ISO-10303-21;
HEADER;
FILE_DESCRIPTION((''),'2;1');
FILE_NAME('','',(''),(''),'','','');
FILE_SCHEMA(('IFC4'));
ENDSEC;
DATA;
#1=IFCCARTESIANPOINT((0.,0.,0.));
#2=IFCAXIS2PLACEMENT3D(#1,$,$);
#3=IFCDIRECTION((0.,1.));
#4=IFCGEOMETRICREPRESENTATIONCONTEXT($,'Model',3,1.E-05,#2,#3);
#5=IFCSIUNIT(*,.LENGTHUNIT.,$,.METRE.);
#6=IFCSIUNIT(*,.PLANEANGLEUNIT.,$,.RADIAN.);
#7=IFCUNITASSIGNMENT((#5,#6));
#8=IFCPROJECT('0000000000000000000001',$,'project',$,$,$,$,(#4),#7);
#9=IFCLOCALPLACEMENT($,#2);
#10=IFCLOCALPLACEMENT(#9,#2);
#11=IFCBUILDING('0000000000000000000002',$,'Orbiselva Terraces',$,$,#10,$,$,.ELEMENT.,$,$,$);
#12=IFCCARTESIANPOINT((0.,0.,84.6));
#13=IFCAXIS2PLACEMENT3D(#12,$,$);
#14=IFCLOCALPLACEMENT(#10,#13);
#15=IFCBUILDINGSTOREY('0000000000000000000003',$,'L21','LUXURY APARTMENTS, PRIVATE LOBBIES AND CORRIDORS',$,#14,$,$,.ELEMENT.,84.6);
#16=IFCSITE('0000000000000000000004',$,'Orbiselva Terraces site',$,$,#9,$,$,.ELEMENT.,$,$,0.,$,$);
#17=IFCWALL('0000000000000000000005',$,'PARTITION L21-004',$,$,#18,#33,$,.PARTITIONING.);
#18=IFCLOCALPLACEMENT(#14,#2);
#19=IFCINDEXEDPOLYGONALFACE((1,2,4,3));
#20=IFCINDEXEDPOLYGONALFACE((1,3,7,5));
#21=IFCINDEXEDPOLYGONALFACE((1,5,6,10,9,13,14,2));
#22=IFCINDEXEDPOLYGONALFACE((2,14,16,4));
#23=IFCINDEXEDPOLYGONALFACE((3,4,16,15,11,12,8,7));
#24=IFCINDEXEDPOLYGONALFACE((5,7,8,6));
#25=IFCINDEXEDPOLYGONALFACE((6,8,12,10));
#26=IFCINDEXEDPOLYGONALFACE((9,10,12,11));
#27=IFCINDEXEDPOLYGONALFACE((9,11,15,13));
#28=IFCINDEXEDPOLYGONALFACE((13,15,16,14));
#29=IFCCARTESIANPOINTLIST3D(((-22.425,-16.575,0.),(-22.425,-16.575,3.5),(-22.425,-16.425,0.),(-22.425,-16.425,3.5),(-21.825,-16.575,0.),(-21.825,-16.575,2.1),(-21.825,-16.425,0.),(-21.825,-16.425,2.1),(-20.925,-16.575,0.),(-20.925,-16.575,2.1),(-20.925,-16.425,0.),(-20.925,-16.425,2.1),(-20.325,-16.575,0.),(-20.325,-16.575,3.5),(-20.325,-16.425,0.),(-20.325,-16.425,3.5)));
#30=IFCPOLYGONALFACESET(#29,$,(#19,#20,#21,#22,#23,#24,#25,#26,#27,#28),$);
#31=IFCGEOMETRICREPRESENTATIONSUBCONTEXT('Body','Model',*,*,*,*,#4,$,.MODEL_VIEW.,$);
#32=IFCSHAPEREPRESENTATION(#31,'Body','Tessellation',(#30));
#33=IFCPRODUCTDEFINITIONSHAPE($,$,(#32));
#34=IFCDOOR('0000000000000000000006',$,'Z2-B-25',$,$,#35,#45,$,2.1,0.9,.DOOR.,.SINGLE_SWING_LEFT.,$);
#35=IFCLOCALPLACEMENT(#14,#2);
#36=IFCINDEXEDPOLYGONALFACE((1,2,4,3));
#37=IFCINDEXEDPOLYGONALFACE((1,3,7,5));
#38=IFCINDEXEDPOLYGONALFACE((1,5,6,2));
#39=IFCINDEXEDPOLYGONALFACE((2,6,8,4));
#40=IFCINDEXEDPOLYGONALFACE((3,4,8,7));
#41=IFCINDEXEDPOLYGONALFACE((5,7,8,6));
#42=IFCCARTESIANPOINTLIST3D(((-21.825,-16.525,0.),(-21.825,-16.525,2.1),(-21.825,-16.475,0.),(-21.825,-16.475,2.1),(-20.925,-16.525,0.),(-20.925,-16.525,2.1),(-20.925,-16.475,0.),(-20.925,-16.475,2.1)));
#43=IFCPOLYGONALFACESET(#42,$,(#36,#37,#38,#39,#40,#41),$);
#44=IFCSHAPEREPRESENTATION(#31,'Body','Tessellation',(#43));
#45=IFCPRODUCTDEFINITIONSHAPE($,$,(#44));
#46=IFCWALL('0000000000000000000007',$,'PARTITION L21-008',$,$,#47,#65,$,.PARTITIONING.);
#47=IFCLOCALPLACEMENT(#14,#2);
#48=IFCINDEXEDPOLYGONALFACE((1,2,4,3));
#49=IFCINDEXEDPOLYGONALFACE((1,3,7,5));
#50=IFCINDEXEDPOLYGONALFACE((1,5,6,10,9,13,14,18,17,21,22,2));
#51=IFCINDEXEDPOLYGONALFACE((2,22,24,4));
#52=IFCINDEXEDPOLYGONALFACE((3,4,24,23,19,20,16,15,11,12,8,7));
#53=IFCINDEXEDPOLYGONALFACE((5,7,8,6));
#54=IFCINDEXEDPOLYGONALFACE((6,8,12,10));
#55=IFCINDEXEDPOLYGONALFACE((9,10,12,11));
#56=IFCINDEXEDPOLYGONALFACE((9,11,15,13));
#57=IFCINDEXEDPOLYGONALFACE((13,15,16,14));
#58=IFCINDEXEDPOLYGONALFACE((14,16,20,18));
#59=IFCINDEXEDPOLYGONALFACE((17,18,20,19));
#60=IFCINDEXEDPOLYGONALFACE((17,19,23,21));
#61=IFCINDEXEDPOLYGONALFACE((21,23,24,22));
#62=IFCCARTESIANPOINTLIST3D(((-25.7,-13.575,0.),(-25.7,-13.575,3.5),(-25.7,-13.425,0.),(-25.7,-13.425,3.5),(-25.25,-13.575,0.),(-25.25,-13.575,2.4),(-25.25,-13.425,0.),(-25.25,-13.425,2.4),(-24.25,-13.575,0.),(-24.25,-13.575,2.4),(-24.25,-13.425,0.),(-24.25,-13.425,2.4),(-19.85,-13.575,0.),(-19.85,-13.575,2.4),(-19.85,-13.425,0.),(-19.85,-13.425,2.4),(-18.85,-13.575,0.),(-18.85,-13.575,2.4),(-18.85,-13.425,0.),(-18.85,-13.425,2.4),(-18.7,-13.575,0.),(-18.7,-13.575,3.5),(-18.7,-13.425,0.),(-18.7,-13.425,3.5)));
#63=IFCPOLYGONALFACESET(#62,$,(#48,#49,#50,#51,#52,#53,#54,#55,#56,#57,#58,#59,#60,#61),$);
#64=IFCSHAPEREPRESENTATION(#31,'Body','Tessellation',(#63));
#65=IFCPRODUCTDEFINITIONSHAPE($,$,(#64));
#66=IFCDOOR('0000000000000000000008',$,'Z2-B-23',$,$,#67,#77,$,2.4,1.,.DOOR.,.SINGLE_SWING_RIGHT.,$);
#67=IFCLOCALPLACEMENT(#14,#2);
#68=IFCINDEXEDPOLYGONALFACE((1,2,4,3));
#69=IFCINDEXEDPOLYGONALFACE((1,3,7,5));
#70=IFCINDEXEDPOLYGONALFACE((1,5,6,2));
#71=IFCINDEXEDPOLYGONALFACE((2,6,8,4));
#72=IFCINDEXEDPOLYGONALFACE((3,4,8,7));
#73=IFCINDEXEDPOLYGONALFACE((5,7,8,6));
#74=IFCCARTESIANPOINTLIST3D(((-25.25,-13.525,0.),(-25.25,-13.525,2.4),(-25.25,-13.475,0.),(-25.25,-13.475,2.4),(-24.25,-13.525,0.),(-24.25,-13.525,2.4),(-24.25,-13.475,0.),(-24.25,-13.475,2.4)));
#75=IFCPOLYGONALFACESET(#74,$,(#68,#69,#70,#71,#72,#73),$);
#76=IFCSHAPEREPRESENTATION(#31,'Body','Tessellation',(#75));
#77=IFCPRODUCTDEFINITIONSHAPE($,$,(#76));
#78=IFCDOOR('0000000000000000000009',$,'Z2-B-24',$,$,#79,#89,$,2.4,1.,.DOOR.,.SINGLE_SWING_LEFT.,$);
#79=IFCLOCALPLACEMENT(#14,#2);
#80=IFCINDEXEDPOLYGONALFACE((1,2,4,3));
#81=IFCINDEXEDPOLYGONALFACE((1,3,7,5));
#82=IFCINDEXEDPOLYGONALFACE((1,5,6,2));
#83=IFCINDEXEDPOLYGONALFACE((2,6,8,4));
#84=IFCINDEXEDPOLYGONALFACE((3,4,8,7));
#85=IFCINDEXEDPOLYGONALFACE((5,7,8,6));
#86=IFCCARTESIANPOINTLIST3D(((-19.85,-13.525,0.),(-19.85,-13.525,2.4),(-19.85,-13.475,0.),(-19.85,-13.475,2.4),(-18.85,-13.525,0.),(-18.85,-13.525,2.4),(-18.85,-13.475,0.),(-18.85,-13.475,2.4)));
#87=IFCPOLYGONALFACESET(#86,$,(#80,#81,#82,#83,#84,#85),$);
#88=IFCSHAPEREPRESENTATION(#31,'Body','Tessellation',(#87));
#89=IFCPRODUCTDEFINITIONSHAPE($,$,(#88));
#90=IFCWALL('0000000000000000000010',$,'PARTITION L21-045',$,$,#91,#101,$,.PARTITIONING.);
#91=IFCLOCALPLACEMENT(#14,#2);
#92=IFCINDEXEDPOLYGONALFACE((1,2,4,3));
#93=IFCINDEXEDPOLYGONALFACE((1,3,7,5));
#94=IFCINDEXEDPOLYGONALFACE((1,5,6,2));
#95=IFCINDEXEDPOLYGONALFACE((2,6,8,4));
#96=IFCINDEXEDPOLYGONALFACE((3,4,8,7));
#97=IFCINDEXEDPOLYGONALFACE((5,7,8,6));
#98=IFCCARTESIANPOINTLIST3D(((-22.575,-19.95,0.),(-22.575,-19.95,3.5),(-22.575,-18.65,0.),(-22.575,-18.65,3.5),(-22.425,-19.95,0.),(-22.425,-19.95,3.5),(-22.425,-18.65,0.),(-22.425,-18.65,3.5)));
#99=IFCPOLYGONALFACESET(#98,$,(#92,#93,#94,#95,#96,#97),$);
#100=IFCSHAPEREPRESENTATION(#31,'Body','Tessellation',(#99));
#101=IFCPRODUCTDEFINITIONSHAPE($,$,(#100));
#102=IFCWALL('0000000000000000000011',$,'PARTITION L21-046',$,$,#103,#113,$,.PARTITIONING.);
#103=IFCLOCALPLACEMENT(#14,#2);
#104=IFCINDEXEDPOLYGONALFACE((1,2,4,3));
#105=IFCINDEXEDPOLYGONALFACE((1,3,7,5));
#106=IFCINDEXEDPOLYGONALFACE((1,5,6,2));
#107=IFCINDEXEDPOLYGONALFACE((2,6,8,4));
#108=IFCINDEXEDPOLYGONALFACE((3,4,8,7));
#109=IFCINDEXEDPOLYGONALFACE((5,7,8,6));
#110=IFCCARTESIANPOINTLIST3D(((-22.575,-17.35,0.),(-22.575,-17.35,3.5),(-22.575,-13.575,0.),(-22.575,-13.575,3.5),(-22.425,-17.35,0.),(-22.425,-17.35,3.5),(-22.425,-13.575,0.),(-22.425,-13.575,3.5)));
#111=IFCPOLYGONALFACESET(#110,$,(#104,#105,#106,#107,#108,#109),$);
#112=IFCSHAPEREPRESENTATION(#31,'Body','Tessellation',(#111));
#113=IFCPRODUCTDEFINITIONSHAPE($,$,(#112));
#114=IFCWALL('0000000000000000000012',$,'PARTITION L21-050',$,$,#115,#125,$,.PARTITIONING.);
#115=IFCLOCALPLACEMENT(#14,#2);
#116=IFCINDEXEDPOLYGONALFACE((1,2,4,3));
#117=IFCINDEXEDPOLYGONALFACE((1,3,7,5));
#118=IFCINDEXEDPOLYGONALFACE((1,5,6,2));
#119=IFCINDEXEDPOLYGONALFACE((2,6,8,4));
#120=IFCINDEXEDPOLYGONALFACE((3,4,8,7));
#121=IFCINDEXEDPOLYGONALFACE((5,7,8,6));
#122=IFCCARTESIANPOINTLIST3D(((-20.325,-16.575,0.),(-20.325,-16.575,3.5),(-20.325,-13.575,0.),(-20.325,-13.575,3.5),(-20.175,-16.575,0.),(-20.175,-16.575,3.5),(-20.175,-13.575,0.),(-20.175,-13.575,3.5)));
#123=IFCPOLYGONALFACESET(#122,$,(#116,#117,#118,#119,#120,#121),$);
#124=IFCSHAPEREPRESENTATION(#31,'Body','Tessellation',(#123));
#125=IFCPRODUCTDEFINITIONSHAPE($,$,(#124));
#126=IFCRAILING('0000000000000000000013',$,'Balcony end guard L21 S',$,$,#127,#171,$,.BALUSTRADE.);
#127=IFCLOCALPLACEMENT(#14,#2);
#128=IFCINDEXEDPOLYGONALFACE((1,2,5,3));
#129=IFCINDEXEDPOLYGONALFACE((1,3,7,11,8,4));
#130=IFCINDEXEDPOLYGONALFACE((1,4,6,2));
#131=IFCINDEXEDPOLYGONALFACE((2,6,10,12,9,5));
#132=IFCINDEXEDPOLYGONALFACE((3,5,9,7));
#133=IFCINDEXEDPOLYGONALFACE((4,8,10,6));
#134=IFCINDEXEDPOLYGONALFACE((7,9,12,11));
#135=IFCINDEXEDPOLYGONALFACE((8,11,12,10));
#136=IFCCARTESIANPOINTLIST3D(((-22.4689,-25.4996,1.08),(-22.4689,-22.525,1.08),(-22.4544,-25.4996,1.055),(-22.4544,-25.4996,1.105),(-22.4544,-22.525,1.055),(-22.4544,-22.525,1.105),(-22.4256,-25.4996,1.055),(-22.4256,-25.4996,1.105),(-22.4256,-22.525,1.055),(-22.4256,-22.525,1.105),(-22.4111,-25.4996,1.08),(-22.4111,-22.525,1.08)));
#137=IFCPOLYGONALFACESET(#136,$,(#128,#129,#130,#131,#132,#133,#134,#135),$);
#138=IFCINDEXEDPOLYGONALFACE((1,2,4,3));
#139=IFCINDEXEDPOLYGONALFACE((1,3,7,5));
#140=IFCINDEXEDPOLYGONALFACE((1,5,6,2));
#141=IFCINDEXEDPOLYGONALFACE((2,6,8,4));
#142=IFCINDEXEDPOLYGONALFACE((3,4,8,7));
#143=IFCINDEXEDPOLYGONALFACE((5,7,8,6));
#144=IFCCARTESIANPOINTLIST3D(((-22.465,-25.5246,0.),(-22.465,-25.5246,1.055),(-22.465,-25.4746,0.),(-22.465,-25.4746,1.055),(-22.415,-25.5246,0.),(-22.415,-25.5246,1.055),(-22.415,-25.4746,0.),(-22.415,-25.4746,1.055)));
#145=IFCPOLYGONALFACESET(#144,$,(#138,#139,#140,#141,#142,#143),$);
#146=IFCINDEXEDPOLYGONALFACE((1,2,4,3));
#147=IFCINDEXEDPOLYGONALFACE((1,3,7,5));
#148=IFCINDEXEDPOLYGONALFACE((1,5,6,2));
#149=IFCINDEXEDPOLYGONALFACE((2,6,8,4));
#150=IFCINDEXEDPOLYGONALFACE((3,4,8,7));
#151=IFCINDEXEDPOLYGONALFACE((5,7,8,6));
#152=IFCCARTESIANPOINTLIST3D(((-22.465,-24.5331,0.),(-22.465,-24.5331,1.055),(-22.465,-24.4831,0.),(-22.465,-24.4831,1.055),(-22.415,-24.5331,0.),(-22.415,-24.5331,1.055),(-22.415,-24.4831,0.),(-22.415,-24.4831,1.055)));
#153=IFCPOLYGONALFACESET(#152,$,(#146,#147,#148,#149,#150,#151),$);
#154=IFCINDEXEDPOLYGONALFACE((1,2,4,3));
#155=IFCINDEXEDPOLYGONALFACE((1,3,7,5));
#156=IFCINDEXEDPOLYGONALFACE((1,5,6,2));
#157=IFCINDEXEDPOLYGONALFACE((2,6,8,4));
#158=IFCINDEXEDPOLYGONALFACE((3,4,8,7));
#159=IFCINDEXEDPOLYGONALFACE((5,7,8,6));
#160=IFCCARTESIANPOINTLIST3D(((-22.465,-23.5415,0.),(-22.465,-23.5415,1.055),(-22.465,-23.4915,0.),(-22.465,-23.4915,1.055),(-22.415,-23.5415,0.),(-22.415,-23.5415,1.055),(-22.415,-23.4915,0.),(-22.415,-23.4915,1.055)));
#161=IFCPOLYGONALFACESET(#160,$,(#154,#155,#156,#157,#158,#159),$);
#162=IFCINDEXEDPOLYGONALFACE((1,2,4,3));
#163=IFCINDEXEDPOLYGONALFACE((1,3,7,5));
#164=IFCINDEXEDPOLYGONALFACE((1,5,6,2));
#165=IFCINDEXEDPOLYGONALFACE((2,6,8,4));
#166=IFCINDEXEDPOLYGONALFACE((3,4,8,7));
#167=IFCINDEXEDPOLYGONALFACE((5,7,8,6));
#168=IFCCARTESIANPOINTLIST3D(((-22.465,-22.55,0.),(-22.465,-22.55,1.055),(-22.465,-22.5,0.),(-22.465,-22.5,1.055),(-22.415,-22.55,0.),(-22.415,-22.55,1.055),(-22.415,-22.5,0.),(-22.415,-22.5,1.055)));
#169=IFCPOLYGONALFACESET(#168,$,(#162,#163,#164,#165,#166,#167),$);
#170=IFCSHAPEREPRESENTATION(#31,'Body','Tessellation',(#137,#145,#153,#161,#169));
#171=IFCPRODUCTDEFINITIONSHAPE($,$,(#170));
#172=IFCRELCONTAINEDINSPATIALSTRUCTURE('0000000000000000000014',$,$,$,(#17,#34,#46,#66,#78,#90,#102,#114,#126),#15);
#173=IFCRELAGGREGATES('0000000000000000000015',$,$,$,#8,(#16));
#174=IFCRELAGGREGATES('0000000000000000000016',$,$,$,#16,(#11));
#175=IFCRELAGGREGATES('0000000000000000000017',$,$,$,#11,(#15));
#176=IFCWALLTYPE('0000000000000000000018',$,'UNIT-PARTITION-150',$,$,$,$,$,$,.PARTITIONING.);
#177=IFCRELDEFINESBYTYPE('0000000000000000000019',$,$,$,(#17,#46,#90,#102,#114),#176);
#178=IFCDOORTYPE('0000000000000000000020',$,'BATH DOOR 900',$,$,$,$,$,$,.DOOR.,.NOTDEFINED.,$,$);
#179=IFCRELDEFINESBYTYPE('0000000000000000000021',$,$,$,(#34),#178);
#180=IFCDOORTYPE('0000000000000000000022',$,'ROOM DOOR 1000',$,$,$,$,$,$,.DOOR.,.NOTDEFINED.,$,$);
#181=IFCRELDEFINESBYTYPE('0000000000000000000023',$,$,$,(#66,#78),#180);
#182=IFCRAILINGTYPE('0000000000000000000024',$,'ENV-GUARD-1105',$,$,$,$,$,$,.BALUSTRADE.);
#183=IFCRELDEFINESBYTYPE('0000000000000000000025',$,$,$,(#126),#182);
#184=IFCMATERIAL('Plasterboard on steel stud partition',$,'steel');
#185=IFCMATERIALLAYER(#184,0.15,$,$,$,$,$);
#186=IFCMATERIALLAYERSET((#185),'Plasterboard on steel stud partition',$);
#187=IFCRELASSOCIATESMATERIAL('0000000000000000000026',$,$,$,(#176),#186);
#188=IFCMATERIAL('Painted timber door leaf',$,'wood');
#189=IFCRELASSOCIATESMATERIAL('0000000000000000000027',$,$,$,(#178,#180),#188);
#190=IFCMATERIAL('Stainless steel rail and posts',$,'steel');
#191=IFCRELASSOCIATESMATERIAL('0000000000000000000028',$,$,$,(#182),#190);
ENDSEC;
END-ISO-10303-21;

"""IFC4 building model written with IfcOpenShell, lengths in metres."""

from ifc_helpers import new_model, si_unit, direction, frame, frame_2d, origin, origin_2d, place, context, subcontext, project, spatial, polyline, rectangle, outline, extrude, material, layer, layer_set, type_object, element, fill, save


model = new_model("IFC4")

# Units and contexts
model_context = context("Model", 3, precision=1e-05, world=origin(), true_north=direction((0.0, 1.0)))
body_context = subcontext(model_context, "Body", "Model", "MODEL_VIEW")
ifc_project = project(units=[si_unit("LENGTHUNIT", "METRE"), si_unit("PLANEANGLEUNIT", "RADIAN")], contexts=[model_context])

# Site, building, storey
site_placement = place(None, origin())
site = spatial("IfcSite", under=ifc_project, at=site_placement, Name="Orbiselva Terraces site", CompositionType="ELEMENT", RefElevation=0.0)
building_placement = place(site_placement, origin())
building = spatial("IfcBuilding", under=site, at=building_placement, Name="Orbiselva Terraces", CompositionType="ELEMENT")
storey_placement = place(building_placement, frame((0.0, 0.0, 84.6)))
storey = spatial("IfcBuildingStorey", under=building, at=storey_placement, Name="L21", Description="LUXURY APARTMENTS, PRIVATE LOBBIES AND CORRIDORS", CompositionType="ELEMENT", Elevation=84.6)

# Wall, opening, door
ifc_material_1 = material(Name="Plasterboard on steel stud partition", Category="steel")
ifc_layer_1 = layer(ifc_material_1, 0.15)
ifc_layer_set_1 = layer_set([ifc_layer_1], Name="Plasterboard on steel stud partition")
wall_type_1 = type_object("IfcWallType", Name="UNIT-PARTITION-150", PredefinedType="PARTITIONING", material=ifc_layer_set_1)
wall_1_placement = place(storey_placement, frame((-22.425, -16.5, 0.0), z_axis=(0.0, 0.0, 1.0), x_axis=(1.0, 0.0, 0.0)))
wall_1 = element("IfcWall", 1, at=wall_1_placement, inside=storey, type_object=wall_type_1, Name="PARTITION L21-004", PredefinedType="PARTITIONING", context=body_context, shape_type="SweptSolid", body=[
    extrude(rectangle(XDim=2.1, YDim=0.15, at=frame_2d((1.05, 0.0))), origin(), (0.0, 0.0, 1.0), 3.5),
])
opening_1_placement = place(wall_1_placement, frame((0.6, 0.0, 0.0)))
opening_1 = element("IfcOpeningElement", 2, at=opening_1_placement, cuts=wall_1, PredefinedType="OPENING", context=body_context, shape_type="SweptSolid", body=[
    extrude(rectangle(XDim=0.9, YDim=2.1, at=frame_2d((0.45, 1.05))), frame((0.0, 0.085, 0.0), z_axis=(0.0, -1.0, 0.0), x_axis=(1.0, 0.0, 0.0)), (0.0, 0.0, 1.0), 0.17),
])
ifc_material_2 = material(Name="Painted timber door leaf", Category="wood")
door_type_1 = type_object("IfcDoorType", Name="BATH DOOR 900", OperationType="NOTDEFINED", PredefinedType="DOOR", material=ifc_material_2)
door_1_placement = place(opening_1_placement, origin())
door_1 = element("IfcDoor", 3, at=door_1_placement, inside=storey, type_object=door_type_1, Name="Z2-B-25", OperationType="SINGLE_SWING_LEFT", OverallHeight=2.1, OverallWidth=0.9, PredefinedType="DOOR", context=body_context, shape_type="SweptSolid", body=[
    extrude(rectangle(XDim=0.9, YDim=2.1, at=frame_2d((0.45, 1.05))), frame((0.0, 0.025, 0.0), z_axis=(0.0, -1.0, 0.0), x_axis=(1.0, 0.0, 0.0)), (0.0, 0.0, 1.0), 0.05),
])
fill(opening_1, door_1)

# Wall, openings, doors
wall_2_placement = place(storey_placement, frame((-18.7, -13.5, 0.0), z_axis=(0.0, 0.0, 1.0), x_axis=(-1.0, 0.0, 0.0)))
wall_2 = element("IfcWall", 4, at=wall_2_placement, inside=storey, type_object=wall_type_1, Name="PARTITION L21-008", PredefinedType="PARTITIONING", context=body_context, shape_type="SweptSolid", body=[
    extrude(rectangle(XDim=7.0, YDim=0.15, at=frame_2d((3.5, 0.0))), origin(), (0.0, 0.0, 1.0), 3.5),
])
opening_2_placement = place(wall_2_placement, frame((5.55, 0.0, 0.0)))
opening_2 = element("IfcOpeningElement", 5, at=opening_2_placement, cuts=wall_2, PredefinedType="OPENING", context=body_context, shape_type="SweptSolid", body=[
    extrude(rectangle(XDim=1.0, YDim=2.4, at=frame_2d((0.5, 1.2))), frame((0.0, 0.085, 0.0), z_axis=(0.0, -1.0, 0.0), x_axis=(1.0, 0.0, 0.0)), (0.0, 0.0, 1.0), 0.17),
])
opening_3_placement = place(wall_2_placement, frame((0.15, 0.0, 0.0)))
opening_3 = element("IfcOpeningElement", 6, at=opening_3_placement, cuts=wall_2, PredefinedType="OPENING", context=body_context, shape_type="SweptSolid", body=[
    extrude(rectangle(XDim=1.0, YDim=2.4, at=frame_2d((0.5, 1.2))), frame((0.0, 0.085, 0.0), z_axis=(0.0, -1.0, 0.0), x_axis=(1.0, 0.0, 0.0)), (0.0, 0.0, 1.0), 0.17),
])
door_type_2 = type_object("IfcDoorType", Name="ROOM DOOR 1000", OperationType="NOTDEFINED", PredefinedType="DOOR", material=ifc_material_2)
door_2_placement = place(opening_2_placement, origin())
door_2 = element("IfcDoor", 7, at=door_2_placement, inside=storey, type_object=door_type_2, Name="Z2-B-23", OperationType="SINGLE_SWING_RIGHT", OverallHeight=2.4, OverallWidth=1.0, PredefinedType="DOOR", context=body_context, shape_type="SweptSolid", body=[
    extrude(rectangle(XDim=1.0, YDim=2.4, at=frame_2d((0.5, 1.2))), frame((0.0, 0.025, 0.0), z_axis=(0.0, -1.0, 0.0), x_axis=(1.0, 0.0, 0.0)), (0.0, 0.0, 1.0), 0.05),
])
fill(opening_2, door_2)
door_3_placement = place(opening_3_placement, origin())
door_3 = element("IfcDoor", 8, at=door_3_placement, inside=storey, type_object=door_type_2, Name="Z2-B-24", OperationType="SINGLE_SWING_LEFT", OverallHeight=2.4, OverallWidth=1.0, PredefinedType="DOOR", context=body_context, shape_type="SweptSolid", body=[
    extrude(rectangle(XDim=1.0, YDim=2.4, at=frame_2d((0.5, 1.2))), frame((0.0, 0.025, 0.0), z_axis=(0.0, -1.0, 0.0), x_axis=(1.0, 0.0, 0.0)), (0.0, 0.0, 1.0), 0.05),
])
fill(opening_3, door_3)

# Walls
wall_3_placement = place(storey_placement, frame((-22.5, -19.95, 0.0), z_axis=(0.0, 0.0, 1.0), x_axis=(0.0, 1.0, 0.0)))
element("IfcWall", 9, at=wall_3_placement, inside=storey, type_object=wall_type_1, Name="PARTITION L21-045", PredefinedType="PARTITIONING", context=body_context, shape_type="SweptSolid", body=[
    extrude(rectangle(XDim=1.3, YDim=0.15, at=frame_2d((0.65, 0.0))), origin(), (0.0, 0.0, 1.0), 3.5),
])
wall_4_placement = place(storey_placement, frame((-22.5, -17.35, 0.0), z_axis=(0.0, 0.0, 1.0), x_axis=(0.0, 1.0, 0.0)))
element("IfcWall", 10, at=wall_4_placement, inside=storey, type_object=wall_type_1, Name="PARTITION L21-046", PredefinedType="PARTITIONING", context=body_context, shape_type="SweptSolid", body=[
    extrude(rectangle(XDim=3.775, YDim=0.15, at=frame_2d((1.8875, 0.0))), origin(), (0.0, 0.0, 1.0), 3.5),
])
wall_5_placement = place(storey_placement, frame((-20.25, -16.575, 0.0), z_axis=(0.0, 0.0, 1.0), x_axis=(0.0, 1.0, 0.0)))
element("IfcWall", 11, at=wall_5_placement, inside=storey, type_object=wall_type_1, Name="PARTITION L21-050", PredefinedType="PARTITIONING", context=body_context, shape_type="SweptSolid", body=[
    extrude(rectangle(XDim=3.0, YDim=0.15, at=frame_2d((1.5, 0.0))), origin(), (0.0, 0.0, 1.0), 3.5),
])

# Railing
ifc_material_3 = material(Name="Stainless steel rail and posts", Category="steel")
railing_type_1 = type_object("IfcRailingType", Name="ENV-GUARD-1105", PredefinedType="BALUSTRADE", material=ifc_material_3)
railing_1_placement = place(storey_placement, frame((-22.44, -25.4996, 0.0)))
element("IfcRailing", 12, at=railing_1_placement, inside=storey, type_object=railing_type_1, Name="Balcony end guard L21 S", PredefinedType="BALUSTRADE", context=body_context, shape_type="SweptSolid", body=[
    extrude(outline(polyline([(0.0289, 0.0), (0.0144, 0.025), (-0.0144, 0.025), (-0.0289, 0.0), (-0.0144, -0.025), (0.0144, -0.025), (0.0289, 0.0)])), frame((0.0, 0.0, 1.08), z_axis=(0.0, 1.0, 0.0), x_axis=(-1.0, 0.0, 0.0)), (0.0, 0.0, 1.0), 2.9746),
    extrude(rectangle(XDim=0.05, YDim=0.05, at=origin_2d()), origin(), (0.0, 0.0, 1.0), 1.055),
    extrude(rectangle(XDim=0.05, YDim=0.05, at=origin_2d()), frame((0.0, 0.9915, 0.0)), (0.0, 0.0, 1.0), 1.055),
    extrude(rectangle(XDim=0.05, YDim=0.05, at=origin_2d()), frame((0.0, 1.9831, 0.0)), (0.0, 0.0, 1.0), 1.055),
    extrude(rectangle(XDim=0.05, YDim=0.05, at=origin_2d()), frame((0.0, 2.9746, 0.0)), (0.0, 0.0, 1.0), 1.055),
])

save(model, "model.ifc")
